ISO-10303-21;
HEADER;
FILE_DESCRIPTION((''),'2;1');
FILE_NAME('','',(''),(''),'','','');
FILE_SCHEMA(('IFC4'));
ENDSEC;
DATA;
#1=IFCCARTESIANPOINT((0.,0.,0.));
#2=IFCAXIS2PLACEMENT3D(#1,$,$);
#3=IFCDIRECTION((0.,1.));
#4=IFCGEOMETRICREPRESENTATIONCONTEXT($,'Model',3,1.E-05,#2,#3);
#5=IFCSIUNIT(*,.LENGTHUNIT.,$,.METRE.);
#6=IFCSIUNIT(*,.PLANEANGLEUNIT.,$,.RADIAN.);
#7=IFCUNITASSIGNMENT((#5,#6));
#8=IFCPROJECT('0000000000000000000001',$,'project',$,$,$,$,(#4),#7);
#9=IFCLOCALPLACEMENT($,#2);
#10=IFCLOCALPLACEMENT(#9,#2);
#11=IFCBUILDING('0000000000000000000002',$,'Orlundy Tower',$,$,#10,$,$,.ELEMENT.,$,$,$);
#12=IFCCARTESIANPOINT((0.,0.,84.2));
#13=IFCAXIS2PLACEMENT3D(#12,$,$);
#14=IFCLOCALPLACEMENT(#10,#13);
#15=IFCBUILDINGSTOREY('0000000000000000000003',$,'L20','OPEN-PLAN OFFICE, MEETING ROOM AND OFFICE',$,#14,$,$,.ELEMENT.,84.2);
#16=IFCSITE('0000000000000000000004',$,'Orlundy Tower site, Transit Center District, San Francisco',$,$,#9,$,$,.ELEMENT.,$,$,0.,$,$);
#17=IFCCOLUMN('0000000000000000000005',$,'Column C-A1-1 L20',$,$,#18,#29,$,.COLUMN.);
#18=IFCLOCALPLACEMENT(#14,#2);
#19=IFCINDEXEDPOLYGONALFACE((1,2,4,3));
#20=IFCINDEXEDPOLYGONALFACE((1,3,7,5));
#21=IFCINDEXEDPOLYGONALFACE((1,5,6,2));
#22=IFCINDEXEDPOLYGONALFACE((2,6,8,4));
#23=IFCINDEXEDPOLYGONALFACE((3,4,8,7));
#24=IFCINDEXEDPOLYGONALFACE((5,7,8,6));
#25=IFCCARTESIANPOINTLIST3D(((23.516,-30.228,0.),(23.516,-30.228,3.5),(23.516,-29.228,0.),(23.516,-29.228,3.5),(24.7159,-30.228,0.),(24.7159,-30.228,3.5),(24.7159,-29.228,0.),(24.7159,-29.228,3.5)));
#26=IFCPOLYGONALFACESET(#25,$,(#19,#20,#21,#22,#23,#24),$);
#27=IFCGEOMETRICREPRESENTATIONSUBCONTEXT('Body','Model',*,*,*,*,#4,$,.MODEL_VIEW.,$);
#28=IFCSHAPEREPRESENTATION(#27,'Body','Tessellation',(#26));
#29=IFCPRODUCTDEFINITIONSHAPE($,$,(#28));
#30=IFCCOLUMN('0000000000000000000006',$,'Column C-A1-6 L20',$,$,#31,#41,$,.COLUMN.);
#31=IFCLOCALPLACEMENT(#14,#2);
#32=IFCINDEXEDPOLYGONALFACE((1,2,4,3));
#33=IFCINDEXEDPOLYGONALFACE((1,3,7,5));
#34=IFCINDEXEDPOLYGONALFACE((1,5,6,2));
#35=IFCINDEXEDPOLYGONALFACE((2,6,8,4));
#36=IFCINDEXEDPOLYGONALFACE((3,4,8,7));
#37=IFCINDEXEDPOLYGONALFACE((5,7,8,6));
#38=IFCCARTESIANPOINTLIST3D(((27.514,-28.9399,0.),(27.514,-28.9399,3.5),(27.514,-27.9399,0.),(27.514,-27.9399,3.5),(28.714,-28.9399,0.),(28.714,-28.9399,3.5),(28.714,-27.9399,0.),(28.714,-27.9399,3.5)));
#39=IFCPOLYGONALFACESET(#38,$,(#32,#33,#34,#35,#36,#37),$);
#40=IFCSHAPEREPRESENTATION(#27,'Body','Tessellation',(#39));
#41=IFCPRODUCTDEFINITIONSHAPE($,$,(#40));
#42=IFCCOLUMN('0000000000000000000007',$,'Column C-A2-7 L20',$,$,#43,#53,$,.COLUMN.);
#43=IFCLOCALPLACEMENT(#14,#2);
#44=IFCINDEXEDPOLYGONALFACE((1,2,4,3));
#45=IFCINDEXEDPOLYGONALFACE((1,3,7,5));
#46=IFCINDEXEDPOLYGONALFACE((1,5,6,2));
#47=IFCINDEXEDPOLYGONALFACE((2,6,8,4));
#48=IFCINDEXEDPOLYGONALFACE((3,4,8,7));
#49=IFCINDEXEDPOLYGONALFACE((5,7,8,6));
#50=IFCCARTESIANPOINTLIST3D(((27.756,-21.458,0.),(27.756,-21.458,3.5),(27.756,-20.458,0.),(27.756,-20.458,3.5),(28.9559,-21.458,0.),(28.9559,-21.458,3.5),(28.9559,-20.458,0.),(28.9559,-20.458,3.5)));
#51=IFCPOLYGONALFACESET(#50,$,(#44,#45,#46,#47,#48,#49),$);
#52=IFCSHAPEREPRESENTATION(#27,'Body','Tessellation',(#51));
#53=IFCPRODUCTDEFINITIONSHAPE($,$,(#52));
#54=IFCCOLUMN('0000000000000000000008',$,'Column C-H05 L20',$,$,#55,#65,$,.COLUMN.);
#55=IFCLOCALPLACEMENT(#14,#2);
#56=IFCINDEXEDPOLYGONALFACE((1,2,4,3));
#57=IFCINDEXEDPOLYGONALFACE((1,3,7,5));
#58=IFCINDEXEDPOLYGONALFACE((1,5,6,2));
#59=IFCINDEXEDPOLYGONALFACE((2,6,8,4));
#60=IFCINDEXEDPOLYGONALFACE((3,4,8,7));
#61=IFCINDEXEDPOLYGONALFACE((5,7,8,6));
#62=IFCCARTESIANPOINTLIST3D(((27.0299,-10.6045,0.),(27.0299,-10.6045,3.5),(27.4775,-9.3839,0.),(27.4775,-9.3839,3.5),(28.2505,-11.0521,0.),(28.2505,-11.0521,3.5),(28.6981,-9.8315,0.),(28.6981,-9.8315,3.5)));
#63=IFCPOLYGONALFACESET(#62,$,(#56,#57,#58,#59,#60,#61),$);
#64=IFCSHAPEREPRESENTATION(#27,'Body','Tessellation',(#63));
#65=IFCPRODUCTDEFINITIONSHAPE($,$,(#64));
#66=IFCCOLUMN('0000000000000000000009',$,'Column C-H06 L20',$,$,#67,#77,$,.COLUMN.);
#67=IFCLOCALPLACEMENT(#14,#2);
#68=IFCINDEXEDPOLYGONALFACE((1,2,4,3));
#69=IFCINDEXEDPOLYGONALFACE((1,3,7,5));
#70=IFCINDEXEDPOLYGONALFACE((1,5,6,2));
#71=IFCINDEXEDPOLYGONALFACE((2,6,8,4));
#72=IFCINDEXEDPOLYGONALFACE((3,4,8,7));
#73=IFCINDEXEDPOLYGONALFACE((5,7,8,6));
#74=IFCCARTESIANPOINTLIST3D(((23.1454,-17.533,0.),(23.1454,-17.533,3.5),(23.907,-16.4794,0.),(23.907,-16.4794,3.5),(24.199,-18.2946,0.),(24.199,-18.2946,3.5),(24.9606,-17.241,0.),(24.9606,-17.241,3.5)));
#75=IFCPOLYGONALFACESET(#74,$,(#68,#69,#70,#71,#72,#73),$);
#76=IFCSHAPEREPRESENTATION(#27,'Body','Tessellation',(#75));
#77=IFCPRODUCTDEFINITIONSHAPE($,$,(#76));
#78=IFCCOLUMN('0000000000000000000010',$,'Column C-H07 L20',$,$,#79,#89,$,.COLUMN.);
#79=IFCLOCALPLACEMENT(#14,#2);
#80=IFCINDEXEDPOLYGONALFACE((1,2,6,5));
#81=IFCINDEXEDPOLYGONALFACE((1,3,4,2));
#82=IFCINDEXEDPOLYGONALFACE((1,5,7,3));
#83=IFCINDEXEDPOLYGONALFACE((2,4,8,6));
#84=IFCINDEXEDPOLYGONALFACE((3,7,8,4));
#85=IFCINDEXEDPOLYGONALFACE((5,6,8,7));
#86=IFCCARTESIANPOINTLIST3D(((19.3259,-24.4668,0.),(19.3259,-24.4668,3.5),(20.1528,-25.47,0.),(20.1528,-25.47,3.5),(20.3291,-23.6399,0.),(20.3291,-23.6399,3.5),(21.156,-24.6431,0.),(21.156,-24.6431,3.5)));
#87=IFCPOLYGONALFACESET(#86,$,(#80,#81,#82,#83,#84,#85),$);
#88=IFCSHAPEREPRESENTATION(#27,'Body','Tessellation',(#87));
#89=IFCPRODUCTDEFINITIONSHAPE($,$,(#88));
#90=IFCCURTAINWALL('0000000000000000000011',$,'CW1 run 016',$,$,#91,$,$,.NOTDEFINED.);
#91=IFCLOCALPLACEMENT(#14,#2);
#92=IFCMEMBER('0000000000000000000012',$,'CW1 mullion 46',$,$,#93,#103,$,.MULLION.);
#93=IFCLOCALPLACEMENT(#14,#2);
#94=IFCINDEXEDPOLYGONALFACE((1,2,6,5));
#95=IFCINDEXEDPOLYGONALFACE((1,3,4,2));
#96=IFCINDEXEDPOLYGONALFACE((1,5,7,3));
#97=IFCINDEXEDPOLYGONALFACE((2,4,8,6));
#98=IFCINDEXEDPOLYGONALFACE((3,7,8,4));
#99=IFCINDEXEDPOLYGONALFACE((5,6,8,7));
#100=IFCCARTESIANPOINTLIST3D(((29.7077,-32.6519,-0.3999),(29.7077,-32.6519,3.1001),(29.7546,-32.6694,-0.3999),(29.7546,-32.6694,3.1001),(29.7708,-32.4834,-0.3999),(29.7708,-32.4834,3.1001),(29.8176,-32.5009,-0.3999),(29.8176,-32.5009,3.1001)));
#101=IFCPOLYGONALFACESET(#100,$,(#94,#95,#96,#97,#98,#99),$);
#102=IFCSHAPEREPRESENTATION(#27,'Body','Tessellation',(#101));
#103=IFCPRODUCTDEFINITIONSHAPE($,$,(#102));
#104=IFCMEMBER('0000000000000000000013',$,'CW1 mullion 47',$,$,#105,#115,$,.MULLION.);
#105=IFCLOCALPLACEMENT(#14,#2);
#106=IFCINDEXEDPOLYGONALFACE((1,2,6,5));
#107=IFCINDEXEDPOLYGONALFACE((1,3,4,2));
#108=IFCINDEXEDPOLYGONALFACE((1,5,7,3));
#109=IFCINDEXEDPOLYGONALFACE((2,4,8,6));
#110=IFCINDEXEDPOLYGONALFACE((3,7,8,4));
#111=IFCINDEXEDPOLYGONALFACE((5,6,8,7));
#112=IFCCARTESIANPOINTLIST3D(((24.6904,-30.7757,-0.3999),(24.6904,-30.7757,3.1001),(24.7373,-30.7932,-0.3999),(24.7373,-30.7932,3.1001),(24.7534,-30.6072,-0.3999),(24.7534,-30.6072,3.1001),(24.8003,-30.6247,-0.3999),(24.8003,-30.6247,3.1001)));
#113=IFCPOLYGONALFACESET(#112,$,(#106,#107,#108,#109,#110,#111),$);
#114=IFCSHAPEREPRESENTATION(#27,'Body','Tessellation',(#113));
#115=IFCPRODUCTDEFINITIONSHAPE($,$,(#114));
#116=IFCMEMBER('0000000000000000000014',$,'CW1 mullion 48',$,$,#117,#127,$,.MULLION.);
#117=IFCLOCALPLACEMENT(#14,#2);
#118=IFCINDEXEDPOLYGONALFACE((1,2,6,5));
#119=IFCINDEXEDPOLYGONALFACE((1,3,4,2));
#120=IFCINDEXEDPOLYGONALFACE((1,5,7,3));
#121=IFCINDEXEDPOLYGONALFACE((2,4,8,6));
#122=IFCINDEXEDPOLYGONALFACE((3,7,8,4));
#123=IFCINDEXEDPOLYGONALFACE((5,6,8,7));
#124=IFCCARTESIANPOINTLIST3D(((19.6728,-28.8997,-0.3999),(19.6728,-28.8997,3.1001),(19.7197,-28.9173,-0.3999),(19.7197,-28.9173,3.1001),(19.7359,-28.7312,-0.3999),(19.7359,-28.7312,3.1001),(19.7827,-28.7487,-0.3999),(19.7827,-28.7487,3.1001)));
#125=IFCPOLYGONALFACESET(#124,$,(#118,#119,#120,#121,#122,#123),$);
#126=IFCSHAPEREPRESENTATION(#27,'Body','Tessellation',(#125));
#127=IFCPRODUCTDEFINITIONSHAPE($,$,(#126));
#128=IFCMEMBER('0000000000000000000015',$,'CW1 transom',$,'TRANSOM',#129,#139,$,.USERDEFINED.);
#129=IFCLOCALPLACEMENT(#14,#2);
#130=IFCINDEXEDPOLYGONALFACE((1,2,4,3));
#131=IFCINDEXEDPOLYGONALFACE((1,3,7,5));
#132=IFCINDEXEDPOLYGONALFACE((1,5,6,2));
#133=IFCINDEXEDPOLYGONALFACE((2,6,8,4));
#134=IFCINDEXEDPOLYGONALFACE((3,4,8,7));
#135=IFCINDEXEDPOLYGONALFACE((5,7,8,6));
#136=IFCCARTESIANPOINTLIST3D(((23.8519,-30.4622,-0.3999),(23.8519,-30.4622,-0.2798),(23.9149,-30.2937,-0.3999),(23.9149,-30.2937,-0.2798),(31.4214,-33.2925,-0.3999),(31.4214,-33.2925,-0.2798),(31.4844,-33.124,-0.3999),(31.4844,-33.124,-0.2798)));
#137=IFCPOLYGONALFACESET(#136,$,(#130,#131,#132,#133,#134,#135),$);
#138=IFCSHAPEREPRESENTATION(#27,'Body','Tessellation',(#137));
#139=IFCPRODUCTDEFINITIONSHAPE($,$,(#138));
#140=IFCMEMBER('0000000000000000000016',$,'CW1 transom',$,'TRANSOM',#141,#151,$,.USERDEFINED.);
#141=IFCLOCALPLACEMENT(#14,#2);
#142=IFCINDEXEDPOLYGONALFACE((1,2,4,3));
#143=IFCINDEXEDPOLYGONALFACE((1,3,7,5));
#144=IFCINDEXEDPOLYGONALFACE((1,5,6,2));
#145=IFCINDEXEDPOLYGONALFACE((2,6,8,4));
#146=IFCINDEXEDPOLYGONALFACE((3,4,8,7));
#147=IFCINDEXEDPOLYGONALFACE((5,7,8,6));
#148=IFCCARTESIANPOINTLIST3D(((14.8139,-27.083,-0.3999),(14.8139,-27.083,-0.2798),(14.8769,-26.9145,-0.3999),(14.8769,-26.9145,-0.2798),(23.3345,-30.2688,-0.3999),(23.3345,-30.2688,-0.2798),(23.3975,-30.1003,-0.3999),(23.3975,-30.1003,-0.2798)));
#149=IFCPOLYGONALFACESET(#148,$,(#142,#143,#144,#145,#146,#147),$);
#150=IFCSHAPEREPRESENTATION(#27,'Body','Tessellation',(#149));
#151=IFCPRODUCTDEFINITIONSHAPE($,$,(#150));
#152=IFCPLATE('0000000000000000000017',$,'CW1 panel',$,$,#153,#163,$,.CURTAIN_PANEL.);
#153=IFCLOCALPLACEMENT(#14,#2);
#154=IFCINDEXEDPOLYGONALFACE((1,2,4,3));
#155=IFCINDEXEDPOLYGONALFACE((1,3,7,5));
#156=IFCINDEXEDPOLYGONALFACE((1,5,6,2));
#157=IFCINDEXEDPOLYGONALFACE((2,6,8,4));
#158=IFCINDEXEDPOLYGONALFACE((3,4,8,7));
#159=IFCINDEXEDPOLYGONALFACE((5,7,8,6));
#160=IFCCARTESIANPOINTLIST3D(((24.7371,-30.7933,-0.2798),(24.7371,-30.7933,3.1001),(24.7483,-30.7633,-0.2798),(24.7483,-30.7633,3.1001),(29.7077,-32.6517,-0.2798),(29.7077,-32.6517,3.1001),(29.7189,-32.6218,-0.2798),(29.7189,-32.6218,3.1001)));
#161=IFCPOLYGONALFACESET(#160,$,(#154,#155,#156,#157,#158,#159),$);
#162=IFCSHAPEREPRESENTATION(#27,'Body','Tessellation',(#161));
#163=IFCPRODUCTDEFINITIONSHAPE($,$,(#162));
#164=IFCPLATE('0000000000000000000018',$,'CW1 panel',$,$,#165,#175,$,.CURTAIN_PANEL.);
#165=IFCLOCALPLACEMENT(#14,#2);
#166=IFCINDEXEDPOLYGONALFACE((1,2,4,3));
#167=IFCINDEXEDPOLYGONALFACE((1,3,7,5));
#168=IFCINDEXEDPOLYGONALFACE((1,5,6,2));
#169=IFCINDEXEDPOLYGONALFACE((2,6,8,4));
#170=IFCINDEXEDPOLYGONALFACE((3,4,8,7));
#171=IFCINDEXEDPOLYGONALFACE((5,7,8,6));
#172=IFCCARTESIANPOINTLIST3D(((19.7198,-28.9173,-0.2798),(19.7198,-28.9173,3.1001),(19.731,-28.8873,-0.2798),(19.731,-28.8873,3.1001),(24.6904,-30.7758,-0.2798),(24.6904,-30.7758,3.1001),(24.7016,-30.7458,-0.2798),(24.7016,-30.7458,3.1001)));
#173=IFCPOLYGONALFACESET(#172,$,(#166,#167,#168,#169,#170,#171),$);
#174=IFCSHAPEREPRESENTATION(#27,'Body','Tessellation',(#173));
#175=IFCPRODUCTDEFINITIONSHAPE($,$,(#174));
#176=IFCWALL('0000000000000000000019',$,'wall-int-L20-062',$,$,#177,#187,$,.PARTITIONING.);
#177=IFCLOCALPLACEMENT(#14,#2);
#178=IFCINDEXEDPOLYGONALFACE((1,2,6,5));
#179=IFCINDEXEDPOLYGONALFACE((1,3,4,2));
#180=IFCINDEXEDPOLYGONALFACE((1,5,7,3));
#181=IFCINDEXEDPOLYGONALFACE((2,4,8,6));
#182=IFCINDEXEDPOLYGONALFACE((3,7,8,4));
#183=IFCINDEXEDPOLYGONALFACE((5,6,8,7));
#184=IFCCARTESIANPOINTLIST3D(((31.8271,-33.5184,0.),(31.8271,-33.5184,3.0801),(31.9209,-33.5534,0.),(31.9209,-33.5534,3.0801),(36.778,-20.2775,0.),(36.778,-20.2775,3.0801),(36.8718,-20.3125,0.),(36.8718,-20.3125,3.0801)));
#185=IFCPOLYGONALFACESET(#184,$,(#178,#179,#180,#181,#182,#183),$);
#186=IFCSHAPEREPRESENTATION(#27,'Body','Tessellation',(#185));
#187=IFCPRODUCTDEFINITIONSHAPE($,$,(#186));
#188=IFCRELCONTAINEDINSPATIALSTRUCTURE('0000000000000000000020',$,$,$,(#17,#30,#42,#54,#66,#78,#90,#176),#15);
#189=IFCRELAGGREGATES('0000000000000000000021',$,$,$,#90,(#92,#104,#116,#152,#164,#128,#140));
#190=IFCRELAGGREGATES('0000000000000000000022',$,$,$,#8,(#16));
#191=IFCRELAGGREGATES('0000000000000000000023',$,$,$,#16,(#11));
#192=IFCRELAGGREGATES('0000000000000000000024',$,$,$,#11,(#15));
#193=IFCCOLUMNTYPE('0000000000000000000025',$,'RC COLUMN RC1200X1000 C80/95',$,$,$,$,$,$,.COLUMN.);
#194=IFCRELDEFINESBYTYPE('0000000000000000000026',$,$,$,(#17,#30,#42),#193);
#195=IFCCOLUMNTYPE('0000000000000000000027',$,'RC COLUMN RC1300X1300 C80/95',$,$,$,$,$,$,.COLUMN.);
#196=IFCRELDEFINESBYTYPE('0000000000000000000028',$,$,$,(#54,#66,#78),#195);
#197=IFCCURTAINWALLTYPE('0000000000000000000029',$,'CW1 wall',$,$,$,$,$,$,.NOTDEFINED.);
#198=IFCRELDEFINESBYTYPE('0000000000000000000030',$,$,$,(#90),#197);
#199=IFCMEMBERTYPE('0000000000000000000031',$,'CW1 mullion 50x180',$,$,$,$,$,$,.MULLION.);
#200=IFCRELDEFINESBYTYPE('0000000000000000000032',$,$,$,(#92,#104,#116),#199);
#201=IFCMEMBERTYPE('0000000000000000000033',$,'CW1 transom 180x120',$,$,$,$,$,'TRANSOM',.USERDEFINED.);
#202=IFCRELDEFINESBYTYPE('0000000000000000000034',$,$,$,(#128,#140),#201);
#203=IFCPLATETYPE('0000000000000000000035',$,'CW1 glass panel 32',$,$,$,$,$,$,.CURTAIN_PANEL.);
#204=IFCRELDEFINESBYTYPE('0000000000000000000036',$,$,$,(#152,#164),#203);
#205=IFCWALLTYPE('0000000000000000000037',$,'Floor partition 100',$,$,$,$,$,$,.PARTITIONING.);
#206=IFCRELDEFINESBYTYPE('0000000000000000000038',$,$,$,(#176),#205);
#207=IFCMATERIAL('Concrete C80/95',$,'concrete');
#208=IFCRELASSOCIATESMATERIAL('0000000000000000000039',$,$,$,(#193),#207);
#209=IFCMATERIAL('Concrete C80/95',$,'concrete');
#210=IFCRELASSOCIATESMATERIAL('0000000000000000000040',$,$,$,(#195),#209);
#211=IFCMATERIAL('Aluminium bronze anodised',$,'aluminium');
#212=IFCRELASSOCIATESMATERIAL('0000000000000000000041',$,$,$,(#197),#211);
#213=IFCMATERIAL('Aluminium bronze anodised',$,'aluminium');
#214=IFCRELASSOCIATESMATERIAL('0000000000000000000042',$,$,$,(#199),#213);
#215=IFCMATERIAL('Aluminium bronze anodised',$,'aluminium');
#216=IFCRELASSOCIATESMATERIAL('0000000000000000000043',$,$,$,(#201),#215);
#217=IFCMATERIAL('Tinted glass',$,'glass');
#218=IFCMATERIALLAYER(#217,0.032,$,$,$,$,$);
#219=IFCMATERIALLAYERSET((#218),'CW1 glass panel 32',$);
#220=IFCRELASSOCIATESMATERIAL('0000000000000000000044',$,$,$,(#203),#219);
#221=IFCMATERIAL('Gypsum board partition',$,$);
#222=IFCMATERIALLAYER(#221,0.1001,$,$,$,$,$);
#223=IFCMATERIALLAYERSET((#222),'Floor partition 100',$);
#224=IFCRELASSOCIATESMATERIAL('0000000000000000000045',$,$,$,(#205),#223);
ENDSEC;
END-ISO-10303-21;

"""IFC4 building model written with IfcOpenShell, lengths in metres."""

from ifc_helpers import new_model, si_unit, direction, frame, frame_2d, origin, origin_2d, place, context, subcontext, project, spatial, rectangle, extrude, material, layer, layer_set, material_profile, profile_set, type_object, element, aggregate, save


model = new_model("IFC4")

# Units and contexts
model_context = context("Model", 3, precision=1e-05, world=origin(), true_north=direction((0.0, 1.0)))
body_context = subcontext(model_context, "Body", "Model", "MODEL_VIEW")
ifc_project = project(units=[si_unit("LENGTHUNIT", "METRE"), si_unit("PLANEANGLEUNIT", "RADIAN")], contexts=[model_context])

# Site, building, storey
site_placement = place(None, origin())
site = spatial("IfcSite", under=ifc_project, at=site_placement, Name="Orlundy Tower site, Transit Center District, San Francisco", CompositionType="ELEMENT", RefElevation=0.0)
building_placement = place(site_placement, origin())
building = spatial("IfcBuilding", under=site, at=building_placement, Name="Orlundy Tower", CompositionType="ELEMENT")
storey_placement = place(building_placement, frame((0.0, 0.0, 84.2)))
storey = spatial("IfcBuildingStorey", under=building, at=storey_placement, Name="L20", Description="OPEN-PLAN OFFICE, MEETING ROOM AND OFFICE", CompositionType="ELEMENT", Elevation=84.2)

# Columns
ifc_material_1 = material(Name="Concrete C80/95", Category="concrete")
ifc_material_profile_1 = material_profile(ifc_material_1, rectangle(XDim=1.2, YDim=1.0, at=origin_2d()), Name="RC1200X1000")
ifc_profile_set_1 = profile_set([ifc_material_profile_1], Name="Concrete C80/95")
column_type_1 = type_object("IfcColumnType", Name="RC COLUMN RC1200X1000 C80/95", PredefinedType="COLUMN", material=ifc_profile_set_1)
for number, where, z_axis, x_axis, name in (
    (1, (24.116, -29.728, 0.0), (0.0, 0.0, 1.0), (1.0, 0.0, 0.0), "Column C-A1-1 L20"),
    (2, (28.114, -28.4399, 0.0), (0.0, 0.0, 1.0), (1.0, 0.0, 0.0), "Column C-A1-6 L20"),
    (3, (28.356, -20.958, 0.0), (0.0, 0.0, 1.0), (1.0, 0.0, 0.0), "Column C-A2-7 L20"),
):
    element("IfcColumn", number, at=place(storey_placement, frame(where, z_axis=z_axis, x_axis=x_axis)), inside=storey, type_object=column_type_1, Name=name, PredefinedType="COLUMN", context=body_context, shape_type="SweptSolid", body=[
        extrude(rectangle(XDim=1.2, YDim=1.0, at=origin_2d()), origin(), (0.0, 0.0, 1.0), 3.5),
    ])
ifc_material_2 = material(Name="Concrete C80/95", Category="concrete")
ifc_material_profile_2 = material_profile(ifc_material_2, rectangle(XDim=1.3, YDim=1.3, at=origin_2d()), Name="RC1300X1300")
ifc_profile_set_2 = profile_set([ifc_material_profile_2], Name="Concrete C80/95")
column_type_2 = type_object("IfcColumnType", Name="RC COLUMN RC1300X1300 C80/95", PredefinedType="COLUMN", material=ifc_profile_set_2)
for number, where, z_axis, x_axis, name in (
    (4, (27.864, -10.218, 0.0), (0.0, 0.0, 1.0), (0.938866, -0.344282, 0.0), "Column C-H05 L20"),
    (5, (24.053, -17.387, 0.0), (0.0, 0.0, 1.0), (0.81043, -0.585835, 0.0), "Column C-H06 L20"),
    (6, (20.241, -24.5549, 0.0), (0.0, 0.0, 1.0), (0.636065, -0.771636, 0.0), "Column C-H07 L20"),
):
    element("IfcColumn", number, at=place(storey_placement, frame(where, z_axis=z_axis, x_axis=x_axis)), inside=storey, type_object=column_type_2, Name=name, PredefinedType="COLUMN", context=body_context, shape_type="SweptSolid", body=[
        extrude(rectangle(XDim=1.3, YDim=1.3, at=origin_2d()), origin(), (0.0, 0.0, 1.0), 3.5),
    ])

# Curtain wall, members, plates
ifc_material_3 = material(Name="Aluminium bronze anodised", Category="aluminium")
curtain_wall_type = type_object("IfcCurtainWallType", Name="CW1 wall", PredefinedType="NOTDEFINED", material=ifc_material_3)
curtain_wall_placement = place(storey_placement, origin())
curtain_wall = element("IfcCurtainWall", 7, at=curtain_wall_placement, inside=storey, type_object=curtain_wall_type, Name="CW1 run 016", PredefinedType="NOTDEFINED")
ifc_material_4 = material(Name="Aluminium bronze anodised", Category="aluminium")
ifc_material_profile_3 = material_profile(ifc_material_4, rectangle(XDim=0.1799, YDim=0.05, at=origin_2d()), Name="CW1 mullion 50x180")
ifc_profile_set_3 = profile_set([ifc_material_profile_3], Name="Aluminium bronze anodised")
member_type_1 = type_object("IfcMemberType", Name="CW1 mullion 50x180", PredefinedType="MULLION", material=ifc_profile_set_3)
member_1_placement = place(storey_placement, frame((29.7627, -32.5764, -0.3999), z_axis=(0.0, 0.0, 1.0), x_axis=(-0.350219, -0.936668, 0.0)))
member_1 = element("IfcMember", 8, at=member_1_placement, type_object=member_type_1, Name="CW1 mullion 46", PredefinedType="MULLION", context=body_context, shape_type="SweptSolid", body=[
    extrude(rectangle(XDim=0.1799, YDim=0.05, at=origin_2d()), origin(), (0.0, 0.0, 1.0), 3.5),
])
member_2_placement = place(storey_placement, frame((24.7454, -30.7002, -0.3999), z_axis=(0.0, 0.0, 1.0), x_axis=(-0.350219, -0.936668, 0.0)))
member_2 = element("IfcMember", 9, at=member_2_placement, type_object=member_type_1, Name="CW1 mullion 47", PredefinedType="MULLION", context=body_context, shape_type="SweptSolid", body=[
    extrude(rectangle(XDim=0.1799, YDim=0.05, at=origin_2d()), origin(), (0.0, 0.0, 1.0), 3.5),
])
member_3_placement = place(storey_placement, frame((19.7278, -28.8242, -0.3999), z_axis=(0.0, 0.0, 1.0), x_axis=(-0.350219, -0.936668, 0.0)))
member_3 = element("IfcMember", 10, at=member_3_placement, type_object=member_type_1, Name="CW1 mullion 48", PredefinedType="MULLION", context=body_context, shape_type="SweptSolid", body=[
    extrude(rectangle(XDim=0.1799, YDim=0.05, at=origin_2d()), origin(), (0.0, 0.0, 1.0), 3.5),
])
ifc_material_5 = material(Name="Aluminium bronze anodised", Category="aluminium")
ifc_material_profile_4 = material_profile(ifc_material_5, rectangle(XDim=0.1799, YDim=0.1201, at=origin_2d()), Name="CW1 transom 180x120")
ifc_profile_set_4 = profile_set([ifc_material_profile_4], Name="Aluminium bronze anodised")
member_type_2 = type_object("IfcMemberType", Name="CW1 transom 180x120", ElementType="TRANSOM", PredefinedType="USERDEFINED", material=ifc_profile_set_4)
member_4_placement = place(storey_placement, frame((31.4529, -33.2083, -0.3398), z_axis=(-0.936665, 0.350226, 0.0), x_axis=(-0.350226, -0.936665, 0.0)))
member_4 = element("IfcMember", 11, at=member_4_placement, type_object=member_type_2, Name="CW1 transom", ObjectType="TRANSOM", PredefinedType="USERDEFINED", context=body_context, shape_type="SweptSolid", body=[
    extrude(rectangle(XDim=0.1799, YDim=0.1201, at=origin_2d()), origin(), (0.0, 0.0, 1.0), 8.0813),
])
member_5_placement = place(storey_placement, frame((23.366, -30.1846, -0.3398), z_axis=(-0.936668, 0.350217, 0.0), x_axis=(-0.350217, -0.936668, 0.0)))
member_5 = element("IfcMember", 12, at=member_5_placement, type_object=member_type_2, Name="CW1 transom", ObjectType="TRANSOM", PredefinedType="USERDEFINED", context=body_context, shape_type="SweptSolid", body=[
    extrude(rectangle(XDim=0.1799, YDim=0.1201, at=origin_2d()), origin(), (0.0, 0.0, 1.0), 9.0967),
])
ifc_material_6 = material(Name="Tinted glass", Category="glass")
ifc_layer_1 = layer(ifc_material_6, 0.032)
ifc_layer_set_1 = layer_set([ifc_layer_1], Name="CW1 glass panel 32")
plate_type = type_object("IfcPlateType", Name="CW1 glass panel 32", PredefinedType="CURTAIN_PANEL", material=ifc_layer_set_1)
plate_1_placement = place(storey_placement, frame((27.228, -31.7075, -0.2798), z_axis=(0.0, 0.0, 1.0), x_axis=(-0.936668, 0.350219, 0.0)))
plate_1 = element("IfcPlate", 13, at=plate_1_placement, type_object=plate_type, Name="CW1 panel", PredefinedType="CURTAIN_PANEL", context=body_context, shape_type="SweptSolid", body=[
    extrude(rectangle(XDim=5.3066, YDim=0.032, at=origin_2d()), origin(), (0.0, 0.0, 1.0), 3.3799),
])
plate_2_placement = place(storey_placement, frame((22.2107, -29.8315, -0.2798), z_axis=(0.0, 0.0, 1.0), x_axis=(-0.936668, 0.350219, 0.0)))
plate_2 = element("IfcPlate", 14, at=plate_2_placement, type_object=plate_type, Name="CW1 panel", PredefinedType="CURTAIN_PANEL", context=body_context, shape_type="SweptSolid", body=[
    extrude(rectangle(XDim=5.3066, YDim=0.032, at=origin_2d()), origin(), (0.0, 0.0, 1.0), 3.3799),
])
aggregate(curtain_wall, [member_1, member_2, member_3, plate_1, plate_2, member_4, member_5])

# Wall
ifc_material_7 = material(Name="Gypsum board partition")
ifc_layer_2 = layer(ifc_material_7, 0.1001)
ifc_layer_set_2 = layer_set([ifc_layer_2], Name="Floor partition 100")
wall_type_1 = type_object("IfcWallType", Name="Floor partition 100", PredefinedType="PARTITIONING", material=ifc_layer_set_2)
wall_1_placement = place(storey_placement, frame((31.874, -33.5359, 0.0), z_axis=(0.0, 0.0, 1.0), x_axis=(0.350228, 0.936664, 0.0)))
element("IfcWall", 15, at=wall_1_placement, inside=storey, type_object=wall_type_1, Name="wall-int-L20-062", PredefinedType="PARTITIONING", context=body_context, shape_type="SweptSolid", body=[
    extrude(rectangle(XDim=14.1362, YDim=0.1001, at=frame_2d((7.0681, 0.0))), origin(), (0.0, 0.0, 1.0), 3.0801),
])

save(model, "model.ifc")
